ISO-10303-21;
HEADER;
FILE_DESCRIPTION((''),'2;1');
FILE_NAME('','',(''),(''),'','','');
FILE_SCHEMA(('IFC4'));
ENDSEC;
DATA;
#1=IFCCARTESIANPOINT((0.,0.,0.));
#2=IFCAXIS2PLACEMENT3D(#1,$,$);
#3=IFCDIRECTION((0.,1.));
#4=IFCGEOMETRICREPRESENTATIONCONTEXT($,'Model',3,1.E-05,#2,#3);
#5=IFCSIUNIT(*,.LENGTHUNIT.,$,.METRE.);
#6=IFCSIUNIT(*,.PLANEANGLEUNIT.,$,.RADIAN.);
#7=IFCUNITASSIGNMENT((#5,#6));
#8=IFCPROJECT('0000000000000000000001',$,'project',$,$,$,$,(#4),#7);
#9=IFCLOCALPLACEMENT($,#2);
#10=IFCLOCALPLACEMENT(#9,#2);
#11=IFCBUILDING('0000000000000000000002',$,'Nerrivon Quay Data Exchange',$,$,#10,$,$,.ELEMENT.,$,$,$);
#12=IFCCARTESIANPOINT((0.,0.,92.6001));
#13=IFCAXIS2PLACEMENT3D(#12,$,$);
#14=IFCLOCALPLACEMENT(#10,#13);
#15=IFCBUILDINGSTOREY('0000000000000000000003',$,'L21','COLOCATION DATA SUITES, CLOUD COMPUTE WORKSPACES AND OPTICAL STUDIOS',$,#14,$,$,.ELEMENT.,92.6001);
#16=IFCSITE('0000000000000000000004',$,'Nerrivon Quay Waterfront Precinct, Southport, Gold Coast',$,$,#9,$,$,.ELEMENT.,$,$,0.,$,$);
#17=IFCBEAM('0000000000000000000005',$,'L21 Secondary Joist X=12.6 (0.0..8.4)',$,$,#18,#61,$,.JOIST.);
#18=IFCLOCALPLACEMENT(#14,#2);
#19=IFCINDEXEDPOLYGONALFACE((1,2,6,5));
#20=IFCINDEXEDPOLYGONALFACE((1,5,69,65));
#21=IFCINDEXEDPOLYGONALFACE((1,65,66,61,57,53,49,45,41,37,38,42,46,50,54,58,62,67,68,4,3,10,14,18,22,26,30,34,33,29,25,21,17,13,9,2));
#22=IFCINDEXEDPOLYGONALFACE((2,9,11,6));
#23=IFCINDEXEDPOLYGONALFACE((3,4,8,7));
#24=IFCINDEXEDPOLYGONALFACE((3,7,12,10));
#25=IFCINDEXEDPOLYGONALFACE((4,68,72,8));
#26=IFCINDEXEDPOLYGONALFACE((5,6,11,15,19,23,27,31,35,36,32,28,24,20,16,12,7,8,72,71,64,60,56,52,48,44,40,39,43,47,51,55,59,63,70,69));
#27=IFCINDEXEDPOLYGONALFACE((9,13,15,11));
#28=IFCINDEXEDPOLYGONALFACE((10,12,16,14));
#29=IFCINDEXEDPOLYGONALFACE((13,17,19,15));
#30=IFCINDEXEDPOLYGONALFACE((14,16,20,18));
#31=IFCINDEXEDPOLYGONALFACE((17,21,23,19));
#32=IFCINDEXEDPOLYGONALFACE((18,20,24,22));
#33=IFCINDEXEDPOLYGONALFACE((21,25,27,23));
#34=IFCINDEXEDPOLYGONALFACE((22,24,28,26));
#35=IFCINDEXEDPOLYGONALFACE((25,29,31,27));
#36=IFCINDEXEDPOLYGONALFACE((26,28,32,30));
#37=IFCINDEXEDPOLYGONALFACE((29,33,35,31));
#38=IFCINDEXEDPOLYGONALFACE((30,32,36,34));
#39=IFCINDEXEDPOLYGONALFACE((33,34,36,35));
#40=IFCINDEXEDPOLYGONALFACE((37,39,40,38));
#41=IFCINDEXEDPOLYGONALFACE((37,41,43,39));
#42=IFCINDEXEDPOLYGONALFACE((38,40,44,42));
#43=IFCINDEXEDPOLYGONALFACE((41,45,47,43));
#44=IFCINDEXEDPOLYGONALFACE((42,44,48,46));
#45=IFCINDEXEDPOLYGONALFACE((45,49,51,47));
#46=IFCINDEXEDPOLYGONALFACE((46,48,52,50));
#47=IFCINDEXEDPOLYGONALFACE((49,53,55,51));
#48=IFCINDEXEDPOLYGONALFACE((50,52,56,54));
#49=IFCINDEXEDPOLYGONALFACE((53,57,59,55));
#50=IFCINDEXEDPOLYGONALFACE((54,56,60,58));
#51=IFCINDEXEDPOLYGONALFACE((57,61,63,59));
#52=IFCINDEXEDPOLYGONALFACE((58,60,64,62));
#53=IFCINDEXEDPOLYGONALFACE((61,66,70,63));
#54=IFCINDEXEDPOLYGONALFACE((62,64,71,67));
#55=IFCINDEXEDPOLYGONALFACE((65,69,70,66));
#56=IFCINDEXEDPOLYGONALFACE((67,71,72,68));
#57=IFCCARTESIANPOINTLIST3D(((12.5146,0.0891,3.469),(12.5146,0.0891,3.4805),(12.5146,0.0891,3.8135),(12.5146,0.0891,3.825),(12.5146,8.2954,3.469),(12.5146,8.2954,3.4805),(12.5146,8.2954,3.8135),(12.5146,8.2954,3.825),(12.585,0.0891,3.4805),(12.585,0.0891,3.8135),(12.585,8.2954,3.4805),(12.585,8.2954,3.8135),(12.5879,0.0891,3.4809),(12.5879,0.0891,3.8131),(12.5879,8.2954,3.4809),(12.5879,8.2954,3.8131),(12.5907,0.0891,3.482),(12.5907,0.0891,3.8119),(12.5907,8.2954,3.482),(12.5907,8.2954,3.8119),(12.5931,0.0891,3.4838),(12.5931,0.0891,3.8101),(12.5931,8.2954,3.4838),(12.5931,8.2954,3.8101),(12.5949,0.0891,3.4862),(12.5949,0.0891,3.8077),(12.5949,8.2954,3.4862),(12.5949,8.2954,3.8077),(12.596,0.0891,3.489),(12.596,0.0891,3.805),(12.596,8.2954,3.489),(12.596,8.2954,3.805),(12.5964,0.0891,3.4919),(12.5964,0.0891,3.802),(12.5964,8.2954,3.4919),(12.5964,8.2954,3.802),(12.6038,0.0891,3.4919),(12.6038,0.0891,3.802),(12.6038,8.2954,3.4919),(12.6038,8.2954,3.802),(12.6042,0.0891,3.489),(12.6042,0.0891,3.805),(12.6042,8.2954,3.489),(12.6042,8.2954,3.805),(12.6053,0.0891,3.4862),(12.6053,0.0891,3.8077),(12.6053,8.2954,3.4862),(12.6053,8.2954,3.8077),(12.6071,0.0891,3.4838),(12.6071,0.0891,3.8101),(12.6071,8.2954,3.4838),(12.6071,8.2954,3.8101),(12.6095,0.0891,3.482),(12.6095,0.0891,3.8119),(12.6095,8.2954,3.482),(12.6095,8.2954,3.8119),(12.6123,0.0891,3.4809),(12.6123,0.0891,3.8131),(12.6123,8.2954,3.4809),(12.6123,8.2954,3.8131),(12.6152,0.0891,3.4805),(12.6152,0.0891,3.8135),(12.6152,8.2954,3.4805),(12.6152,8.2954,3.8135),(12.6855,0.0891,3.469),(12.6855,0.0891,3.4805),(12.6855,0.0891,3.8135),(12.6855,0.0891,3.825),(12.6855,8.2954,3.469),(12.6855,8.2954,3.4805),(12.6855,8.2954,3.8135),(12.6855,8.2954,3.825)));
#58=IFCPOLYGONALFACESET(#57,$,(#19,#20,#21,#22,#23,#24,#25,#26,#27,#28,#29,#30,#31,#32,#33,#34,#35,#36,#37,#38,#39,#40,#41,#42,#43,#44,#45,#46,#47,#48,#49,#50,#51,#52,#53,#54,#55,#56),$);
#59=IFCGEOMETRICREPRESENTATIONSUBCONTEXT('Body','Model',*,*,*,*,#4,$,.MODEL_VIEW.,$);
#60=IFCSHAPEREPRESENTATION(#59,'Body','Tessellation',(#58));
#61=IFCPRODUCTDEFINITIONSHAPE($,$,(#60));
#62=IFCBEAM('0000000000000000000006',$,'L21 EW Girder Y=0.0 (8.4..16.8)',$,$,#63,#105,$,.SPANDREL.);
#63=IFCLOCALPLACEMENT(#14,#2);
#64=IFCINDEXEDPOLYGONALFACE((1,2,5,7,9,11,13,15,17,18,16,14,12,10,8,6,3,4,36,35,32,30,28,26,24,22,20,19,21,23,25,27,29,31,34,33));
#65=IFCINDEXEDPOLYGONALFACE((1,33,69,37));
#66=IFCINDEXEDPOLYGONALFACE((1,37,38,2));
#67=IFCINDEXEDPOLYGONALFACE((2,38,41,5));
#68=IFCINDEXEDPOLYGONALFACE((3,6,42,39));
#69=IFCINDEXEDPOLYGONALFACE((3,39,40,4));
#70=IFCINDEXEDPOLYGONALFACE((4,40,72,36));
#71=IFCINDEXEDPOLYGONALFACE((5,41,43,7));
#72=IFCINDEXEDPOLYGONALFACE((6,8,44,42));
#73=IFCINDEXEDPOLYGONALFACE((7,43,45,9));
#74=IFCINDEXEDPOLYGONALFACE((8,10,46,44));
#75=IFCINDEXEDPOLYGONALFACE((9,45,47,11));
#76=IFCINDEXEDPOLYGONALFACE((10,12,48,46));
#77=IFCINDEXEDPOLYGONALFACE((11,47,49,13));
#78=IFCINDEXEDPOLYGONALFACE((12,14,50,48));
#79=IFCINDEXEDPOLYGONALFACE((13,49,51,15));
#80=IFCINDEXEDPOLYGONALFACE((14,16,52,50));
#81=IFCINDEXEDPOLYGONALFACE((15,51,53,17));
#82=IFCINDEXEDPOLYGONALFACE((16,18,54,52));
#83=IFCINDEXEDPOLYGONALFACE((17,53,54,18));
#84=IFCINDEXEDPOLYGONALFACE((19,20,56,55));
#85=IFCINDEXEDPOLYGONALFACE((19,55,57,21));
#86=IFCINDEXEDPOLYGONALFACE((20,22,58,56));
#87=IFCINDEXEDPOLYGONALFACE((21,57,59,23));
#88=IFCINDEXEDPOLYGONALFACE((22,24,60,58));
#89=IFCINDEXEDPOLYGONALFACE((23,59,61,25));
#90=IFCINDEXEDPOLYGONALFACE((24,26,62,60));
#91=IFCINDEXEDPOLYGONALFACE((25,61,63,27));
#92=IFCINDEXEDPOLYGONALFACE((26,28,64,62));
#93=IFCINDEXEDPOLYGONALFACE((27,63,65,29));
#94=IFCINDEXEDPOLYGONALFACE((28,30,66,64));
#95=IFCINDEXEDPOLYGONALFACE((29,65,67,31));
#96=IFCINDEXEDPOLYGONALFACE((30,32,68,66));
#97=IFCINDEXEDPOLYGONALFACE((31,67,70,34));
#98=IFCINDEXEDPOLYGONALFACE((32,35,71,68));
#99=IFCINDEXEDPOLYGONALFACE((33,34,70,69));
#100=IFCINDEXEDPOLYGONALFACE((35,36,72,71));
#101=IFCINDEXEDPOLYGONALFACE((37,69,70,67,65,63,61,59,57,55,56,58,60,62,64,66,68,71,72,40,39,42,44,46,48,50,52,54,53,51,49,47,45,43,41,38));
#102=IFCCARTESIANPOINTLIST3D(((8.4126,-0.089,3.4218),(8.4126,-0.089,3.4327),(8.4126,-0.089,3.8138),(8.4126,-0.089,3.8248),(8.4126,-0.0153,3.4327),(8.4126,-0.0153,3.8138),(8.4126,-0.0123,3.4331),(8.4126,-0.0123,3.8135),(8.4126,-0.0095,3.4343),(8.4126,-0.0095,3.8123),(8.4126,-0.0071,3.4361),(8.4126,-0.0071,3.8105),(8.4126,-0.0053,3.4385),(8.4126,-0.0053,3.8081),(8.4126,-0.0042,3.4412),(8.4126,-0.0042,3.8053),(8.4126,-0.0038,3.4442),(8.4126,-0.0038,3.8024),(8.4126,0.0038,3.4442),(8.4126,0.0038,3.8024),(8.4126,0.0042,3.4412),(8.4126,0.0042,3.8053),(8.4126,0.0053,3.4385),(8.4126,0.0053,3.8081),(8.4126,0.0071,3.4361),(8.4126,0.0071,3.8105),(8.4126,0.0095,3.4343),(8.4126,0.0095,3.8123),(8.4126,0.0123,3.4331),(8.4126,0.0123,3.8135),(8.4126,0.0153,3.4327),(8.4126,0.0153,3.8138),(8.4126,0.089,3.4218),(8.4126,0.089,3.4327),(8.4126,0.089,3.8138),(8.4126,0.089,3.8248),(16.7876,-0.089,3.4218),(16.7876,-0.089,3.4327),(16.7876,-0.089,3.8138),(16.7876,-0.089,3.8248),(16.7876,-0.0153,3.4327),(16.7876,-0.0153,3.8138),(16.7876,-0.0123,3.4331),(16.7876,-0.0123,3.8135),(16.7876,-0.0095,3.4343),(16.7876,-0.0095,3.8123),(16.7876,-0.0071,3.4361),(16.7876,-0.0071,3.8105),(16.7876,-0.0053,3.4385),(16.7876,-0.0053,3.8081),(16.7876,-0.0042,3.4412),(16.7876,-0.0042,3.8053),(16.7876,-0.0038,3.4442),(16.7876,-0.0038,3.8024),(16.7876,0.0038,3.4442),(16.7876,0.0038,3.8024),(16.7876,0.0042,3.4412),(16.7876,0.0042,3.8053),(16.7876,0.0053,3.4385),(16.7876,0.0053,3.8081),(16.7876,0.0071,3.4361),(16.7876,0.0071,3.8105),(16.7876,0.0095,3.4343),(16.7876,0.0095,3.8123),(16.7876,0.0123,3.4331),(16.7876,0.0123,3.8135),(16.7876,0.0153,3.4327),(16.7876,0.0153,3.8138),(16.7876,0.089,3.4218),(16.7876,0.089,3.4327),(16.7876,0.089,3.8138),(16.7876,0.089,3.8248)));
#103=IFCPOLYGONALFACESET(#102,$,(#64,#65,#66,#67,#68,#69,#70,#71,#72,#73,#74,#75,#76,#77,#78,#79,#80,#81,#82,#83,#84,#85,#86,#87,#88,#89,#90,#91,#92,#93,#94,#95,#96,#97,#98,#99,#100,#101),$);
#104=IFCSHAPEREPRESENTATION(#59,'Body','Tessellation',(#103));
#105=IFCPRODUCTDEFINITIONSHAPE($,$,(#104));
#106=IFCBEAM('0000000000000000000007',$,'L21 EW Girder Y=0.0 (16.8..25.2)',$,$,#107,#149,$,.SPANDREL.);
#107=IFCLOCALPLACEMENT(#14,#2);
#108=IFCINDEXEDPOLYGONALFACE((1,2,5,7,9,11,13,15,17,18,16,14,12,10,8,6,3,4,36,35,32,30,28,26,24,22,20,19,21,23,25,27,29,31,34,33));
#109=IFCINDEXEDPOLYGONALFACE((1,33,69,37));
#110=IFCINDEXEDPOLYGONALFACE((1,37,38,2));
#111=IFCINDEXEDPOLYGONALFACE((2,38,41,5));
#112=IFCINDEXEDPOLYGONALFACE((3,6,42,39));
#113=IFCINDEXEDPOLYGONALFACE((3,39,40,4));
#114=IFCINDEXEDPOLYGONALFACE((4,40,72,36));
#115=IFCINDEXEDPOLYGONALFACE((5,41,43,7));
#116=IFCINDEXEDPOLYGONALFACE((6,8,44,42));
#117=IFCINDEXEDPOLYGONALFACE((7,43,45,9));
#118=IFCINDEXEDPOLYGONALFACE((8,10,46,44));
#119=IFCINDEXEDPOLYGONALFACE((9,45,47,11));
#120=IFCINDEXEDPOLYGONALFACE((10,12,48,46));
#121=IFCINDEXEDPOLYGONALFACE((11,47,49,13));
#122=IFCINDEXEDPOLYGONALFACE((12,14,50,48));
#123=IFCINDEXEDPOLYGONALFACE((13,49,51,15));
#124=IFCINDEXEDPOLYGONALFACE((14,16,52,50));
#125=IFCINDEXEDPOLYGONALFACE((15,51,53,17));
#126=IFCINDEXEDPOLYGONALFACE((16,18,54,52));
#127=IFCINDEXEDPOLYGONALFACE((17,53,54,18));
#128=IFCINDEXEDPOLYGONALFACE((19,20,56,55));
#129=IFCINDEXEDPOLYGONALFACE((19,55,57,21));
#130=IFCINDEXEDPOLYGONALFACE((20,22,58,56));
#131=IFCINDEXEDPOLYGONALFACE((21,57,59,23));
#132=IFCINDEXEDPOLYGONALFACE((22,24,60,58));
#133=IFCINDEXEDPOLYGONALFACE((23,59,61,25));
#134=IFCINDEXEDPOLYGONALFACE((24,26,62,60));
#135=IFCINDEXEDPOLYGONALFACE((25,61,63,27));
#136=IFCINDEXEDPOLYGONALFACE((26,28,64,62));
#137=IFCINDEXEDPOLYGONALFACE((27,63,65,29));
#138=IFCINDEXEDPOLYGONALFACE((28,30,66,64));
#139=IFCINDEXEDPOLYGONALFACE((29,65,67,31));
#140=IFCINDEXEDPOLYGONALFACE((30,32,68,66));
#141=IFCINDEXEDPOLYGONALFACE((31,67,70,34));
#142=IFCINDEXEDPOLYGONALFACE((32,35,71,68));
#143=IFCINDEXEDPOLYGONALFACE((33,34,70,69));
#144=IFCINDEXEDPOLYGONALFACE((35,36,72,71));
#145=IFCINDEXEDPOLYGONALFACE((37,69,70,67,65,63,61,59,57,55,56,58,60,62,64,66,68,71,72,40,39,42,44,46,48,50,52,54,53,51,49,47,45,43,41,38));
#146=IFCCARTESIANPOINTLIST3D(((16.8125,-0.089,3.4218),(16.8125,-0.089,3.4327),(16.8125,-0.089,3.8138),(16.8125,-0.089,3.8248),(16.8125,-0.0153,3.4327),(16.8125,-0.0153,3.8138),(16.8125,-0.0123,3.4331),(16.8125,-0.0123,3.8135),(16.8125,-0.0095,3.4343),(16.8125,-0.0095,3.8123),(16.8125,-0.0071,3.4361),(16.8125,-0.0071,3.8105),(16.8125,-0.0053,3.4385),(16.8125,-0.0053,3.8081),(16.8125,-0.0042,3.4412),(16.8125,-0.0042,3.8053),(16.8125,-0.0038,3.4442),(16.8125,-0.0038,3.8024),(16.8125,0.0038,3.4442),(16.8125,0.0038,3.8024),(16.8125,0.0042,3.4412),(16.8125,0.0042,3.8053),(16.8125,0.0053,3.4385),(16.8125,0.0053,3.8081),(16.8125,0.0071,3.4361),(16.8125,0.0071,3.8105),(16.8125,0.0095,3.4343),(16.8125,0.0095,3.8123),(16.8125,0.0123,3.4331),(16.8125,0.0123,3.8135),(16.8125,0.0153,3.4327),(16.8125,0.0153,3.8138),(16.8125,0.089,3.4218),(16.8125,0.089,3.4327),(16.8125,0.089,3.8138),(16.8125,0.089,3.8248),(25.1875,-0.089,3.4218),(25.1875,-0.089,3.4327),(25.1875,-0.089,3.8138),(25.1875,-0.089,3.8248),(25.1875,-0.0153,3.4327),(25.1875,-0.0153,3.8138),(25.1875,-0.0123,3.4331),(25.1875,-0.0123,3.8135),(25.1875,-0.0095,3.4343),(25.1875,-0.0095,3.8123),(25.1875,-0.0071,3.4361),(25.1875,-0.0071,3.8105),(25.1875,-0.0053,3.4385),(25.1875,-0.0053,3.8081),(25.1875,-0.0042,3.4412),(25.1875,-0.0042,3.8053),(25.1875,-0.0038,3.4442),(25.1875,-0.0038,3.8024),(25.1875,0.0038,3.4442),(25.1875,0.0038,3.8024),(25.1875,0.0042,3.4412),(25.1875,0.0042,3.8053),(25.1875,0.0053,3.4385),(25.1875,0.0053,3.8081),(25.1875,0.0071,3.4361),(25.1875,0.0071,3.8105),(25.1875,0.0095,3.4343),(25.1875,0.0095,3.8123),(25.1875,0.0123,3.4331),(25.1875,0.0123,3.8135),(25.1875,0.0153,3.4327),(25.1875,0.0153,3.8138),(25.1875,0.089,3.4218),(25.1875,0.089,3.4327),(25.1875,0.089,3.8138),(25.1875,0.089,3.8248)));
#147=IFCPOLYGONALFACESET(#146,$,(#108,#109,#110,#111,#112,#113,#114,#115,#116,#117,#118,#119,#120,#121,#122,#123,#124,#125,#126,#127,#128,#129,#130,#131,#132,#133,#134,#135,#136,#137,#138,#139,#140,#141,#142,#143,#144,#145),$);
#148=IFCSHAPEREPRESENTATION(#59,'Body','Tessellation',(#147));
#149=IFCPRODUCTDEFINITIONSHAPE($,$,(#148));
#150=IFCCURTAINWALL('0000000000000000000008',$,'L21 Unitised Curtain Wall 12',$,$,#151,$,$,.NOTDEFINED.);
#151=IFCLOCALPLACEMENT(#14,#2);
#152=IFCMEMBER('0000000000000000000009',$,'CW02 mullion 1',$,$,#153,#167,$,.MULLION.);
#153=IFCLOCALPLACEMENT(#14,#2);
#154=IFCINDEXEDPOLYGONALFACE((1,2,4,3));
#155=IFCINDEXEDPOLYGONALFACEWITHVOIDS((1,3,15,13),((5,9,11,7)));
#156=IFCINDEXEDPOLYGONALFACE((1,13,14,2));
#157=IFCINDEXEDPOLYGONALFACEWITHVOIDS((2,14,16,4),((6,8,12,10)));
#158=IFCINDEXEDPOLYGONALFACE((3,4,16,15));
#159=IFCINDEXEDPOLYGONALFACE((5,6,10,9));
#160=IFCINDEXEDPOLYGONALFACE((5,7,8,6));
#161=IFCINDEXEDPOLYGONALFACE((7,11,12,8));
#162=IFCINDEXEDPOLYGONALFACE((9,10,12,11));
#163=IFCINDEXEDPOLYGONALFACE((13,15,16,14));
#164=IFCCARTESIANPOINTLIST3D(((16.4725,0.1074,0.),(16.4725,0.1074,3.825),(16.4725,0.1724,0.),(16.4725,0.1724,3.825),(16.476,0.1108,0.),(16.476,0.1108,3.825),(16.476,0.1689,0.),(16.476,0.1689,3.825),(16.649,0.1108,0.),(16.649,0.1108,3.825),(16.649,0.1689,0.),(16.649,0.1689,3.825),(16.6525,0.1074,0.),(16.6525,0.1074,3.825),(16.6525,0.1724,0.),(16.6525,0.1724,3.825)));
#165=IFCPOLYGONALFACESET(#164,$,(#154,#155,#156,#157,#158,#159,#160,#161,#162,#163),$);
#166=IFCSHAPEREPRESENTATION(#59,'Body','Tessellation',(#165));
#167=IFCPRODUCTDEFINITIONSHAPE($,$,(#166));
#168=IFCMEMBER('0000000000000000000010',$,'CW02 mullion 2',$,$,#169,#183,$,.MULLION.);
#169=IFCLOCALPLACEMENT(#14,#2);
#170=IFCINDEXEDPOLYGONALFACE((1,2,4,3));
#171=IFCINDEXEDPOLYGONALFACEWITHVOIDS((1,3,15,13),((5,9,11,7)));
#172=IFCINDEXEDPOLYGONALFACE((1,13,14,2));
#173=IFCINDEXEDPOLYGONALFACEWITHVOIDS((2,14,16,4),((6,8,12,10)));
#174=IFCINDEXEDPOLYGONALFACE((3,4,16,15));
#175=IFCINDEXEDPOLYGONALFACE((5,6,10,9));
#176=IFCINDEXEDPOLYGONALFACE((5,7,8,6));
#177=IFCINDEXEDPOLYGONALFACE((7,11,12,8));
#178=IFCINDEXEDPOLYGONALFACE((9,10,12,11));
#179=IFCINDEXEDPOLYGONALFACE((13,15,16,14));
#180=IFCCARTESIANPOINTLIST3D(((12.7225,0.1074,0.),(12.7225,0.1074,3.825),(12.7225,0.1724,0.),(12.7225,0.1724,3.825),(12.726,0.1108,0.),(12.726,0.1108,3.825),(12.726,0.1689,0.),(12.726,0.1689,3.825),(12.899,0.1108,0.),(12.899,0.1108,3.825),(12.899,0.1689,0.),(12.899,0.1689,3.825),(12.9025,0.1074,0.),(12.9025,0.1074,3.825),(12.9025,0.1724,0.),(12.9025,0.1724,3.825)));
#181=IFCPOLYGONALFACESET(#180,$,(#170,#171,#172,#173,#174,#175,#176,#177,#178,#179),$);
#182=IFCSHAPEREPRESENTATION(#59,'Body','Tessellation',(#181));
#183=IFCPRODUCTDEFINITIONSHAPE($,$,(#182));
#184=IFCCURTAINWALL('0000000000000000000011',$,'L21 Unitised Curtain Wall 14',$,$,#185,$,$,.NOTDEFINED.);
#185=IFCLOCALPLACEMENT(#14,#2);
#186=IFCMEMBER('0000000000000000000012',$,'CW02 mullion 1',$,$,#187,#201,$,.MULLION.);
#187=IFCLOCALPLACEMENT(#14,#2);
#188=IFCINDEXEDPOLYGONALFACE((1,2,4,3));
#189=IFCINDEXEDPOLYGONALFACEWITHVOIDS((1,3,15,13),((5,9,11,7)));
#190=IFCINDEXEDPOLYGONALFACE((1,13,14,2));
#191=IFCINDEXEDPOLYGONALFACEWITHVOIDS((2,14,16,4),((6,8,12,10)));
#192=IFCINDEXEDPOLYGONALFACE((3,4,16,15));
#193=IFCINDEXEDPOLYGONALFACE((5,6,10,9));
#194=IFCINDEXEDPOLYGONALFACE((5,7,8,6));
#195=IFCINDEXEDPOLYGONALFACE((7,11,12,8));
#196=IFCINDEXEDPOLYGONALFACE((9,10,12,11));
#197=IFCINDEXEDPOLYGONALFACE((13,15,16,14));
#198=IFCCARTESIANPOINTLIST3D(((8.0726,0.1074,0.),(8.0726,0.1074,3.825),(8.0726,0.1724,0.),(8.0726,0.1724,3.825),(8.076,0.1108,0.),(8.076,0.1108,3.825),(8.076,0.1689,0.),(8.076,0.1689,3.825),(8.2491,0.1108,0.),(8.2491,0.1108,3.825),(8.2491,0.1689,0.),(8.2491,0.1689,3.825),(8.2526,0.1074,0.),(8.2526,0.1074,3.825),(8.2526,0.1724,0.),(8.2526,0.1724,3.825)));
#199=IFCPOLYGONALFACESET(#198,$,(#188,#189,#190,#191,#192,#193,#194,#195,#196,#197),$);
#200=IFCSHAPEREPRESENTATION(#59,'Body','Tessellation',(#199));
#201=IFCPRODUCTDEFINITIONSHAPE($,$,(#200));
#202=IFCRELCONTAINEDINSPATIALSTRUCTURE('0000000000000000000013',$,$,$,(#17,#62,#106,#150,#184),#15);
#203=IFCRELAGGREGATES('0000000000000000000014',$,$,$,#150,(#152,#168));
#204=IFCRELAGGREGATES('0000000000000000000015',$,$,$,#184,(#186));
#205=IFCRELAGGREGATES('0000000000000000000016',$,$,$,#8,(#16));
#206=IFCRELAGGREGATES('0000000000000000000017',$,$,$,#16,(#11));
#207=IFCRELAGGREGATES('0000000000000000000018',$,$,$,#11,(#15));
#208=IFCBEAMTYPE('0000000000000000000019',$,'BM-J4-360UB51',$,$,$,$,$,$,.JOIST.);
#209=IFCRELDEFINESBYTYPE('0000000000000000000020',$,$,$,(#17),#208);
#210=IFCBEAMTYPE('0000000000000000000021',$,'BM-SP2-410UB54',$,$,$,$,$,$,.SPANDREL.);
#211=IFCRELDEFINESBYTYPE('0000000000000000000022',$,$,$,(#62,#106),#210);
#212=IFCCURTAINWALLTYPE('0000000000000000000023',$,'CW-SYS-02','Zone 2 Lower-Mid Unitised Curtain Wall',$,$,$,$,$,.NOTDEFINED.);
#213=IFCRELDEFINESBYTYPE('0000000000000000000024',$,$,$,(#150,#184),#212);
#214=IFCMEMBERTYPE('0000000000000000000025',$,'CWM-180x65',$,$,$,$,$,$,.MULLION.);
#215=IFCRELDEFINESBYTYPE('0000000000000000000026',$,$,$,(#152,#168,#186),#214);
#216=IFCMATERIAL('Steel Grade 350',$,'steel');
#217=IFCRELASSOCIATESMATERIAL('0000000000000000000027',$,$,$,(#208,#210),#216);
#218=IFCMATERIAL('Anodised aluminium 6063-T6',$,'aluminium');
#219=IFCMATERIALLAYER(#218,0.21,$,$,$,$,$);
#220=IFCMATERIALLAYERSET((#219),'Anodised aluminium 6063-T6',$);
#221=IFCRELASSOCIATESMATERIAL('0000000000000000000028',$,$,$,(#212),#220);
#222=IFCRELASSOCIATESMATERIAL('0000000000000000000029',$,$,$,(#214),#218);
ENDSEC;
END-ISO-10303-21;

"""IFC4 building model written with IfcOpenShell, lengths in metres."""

from ifc_helpers import new_model, si_unit, direction, frame, origin, origin_2d, place, context, subcontext, project, spatial, hollow_rectangle, i_section, extrude, material, layer, layer_set, material_profile, profile_set, type_object, element, aggregate, save


model = new_model("IFC4")

# Units and contexts
model_context = context("Model", 3, precision=1e-05, world=origin(), true_north=direction((0.0, 1.0)))
body_context = subcontext(model_context, "Body", "Model", "MODEL_VIEW")
ifc_project = project(units=[si_unit("LENGTHUNIT", "METRE"), si_unit("PLANEANGLEUNIT", "RADIAN")], contexts=[model_context])

# Site, building, storey
site_placement = place(None, origin())
site = spatial("IfcSite", under=ifc_project, at=site_placement, Name="Nerrivon Quay Waterfront Precinct, Southport, Gold Coast", CompositionType="ELEMENT", RefElevation=0.0)
building_placement = place(site_placement, origin())
building = spatial("IfcBuilding", under=site, at=building_placement, Name="Nerrivon Quay Data Exchange", CompositionType="ELEMENT")
storey_placement = place(building_placement, frame((0.0, 0.0, 92.6001)))
storey = spatial("IfcBuildingStorey", under=building, at=storey_placement, Name="L21", Description="COLOCATION DATA SUITES, CLOUD COMPUTE WORKSPACES AND OPTICAL STUDIOS", CompositionType="ELEMENT", Elevation=92.6001)

# Shared definitions
ifc_material_1 = material(Name="Steel Grade 350", Category="steel")

# Beams
ifc_material_profile_1 = material_profile(ifc_material_1, i_section(OverallWidth=0.1709, OverallDepth=0.356, WebThickness=0.0073, FlangeThickness=0.0115, FilletRadius=0.0115, at=origin_2d()), Name="360UB50.7")
ifc_profile_set_1 = profile_set([ifc_material_profile_1], Name="Steel Grade 350")
beam_type_1 = type_object("IfcBeamType", Name="BM-J4-360UB51", PredefinedType="JOIST", material=ifc_profile_set_1)
beam_1_placement = place(storey_placement, frame((12.6001, 0.0891, 3.647), z_axis=(0.0, 1.0, 0.0), x_axis=(-1.0, 0.0, 0.0)))
element("IfcBeam", 1, at=beam_1_placement, inside=storey, type_object=beam_type_1, Name="L21 Secondary Joist X=12.6 (0.0..8.4)", PredefinedType="JOIST", context=body_context, shape_type="SweptSolid", body=[
    extrude(i_section(OverallWidth=0.1709, OverallDepth=0.356, WebThickness=0.0073, FlangeThickness=0.0115, FilletRadius=0.0115, at=origin_2d()), origin(), (0.0, 0.0, 1.0), 8.2063),
])
ifc_material_profile_2 = material_profile(ifc_material_1, i_section(OverallWidth=0.178, OverallDepth=0.4031, WebThickness=0.0076, FlangeThickness=0.011, FilletRadius=0.0115, at=origin_2d()), Name="410UB53.7")
ifc_profile_set_2 = profile_set([ifc_material_profile_2], Name="Steel Grade 350")
beam_type_2 = type_object("IfcBeamType", Name="BM-SP2-410UB54", PredefinedType="SPANDREL", material=ifc_profile_set_2)
for number, where, z_axis, x_axis, name in (
    (2, (8.4126, 0.0, 3.6233), (1.0, 0.0, 0.0), (0.0, 1.0, 0.0), "L21 EW Girder Y=0.0 (8.4..16.8)"),
    (3, (16.8125, 0.0, 3.6233), (1.0, 0.0, 0.0), (0.0, 1.0, 0.0), "L21 EW Girder Y=0.0 (16.8..25.2)"),
):
    element("IfcBeam", number, at=place(storey_placement, frame(where, z_axis=z_axis, x_axis=x_axis)), inside=storey, type_object=beam_type_2, Name=name, PredefinedType="SPANDREL", context=body_context, shape_type="SweptSolid", body=[
        extrude(i_section(OverallWidth=0.178, OverallDepth=0.4031, WebThickness=0.0076, FlangeThickness=0.011, FilletRadius=0.0115, at=origin_2d()), origin(), (0.0, 0.0, 1.0), 8.375),
    ])

# Curtain walls, members
ifc_material_2 = material(Name="Anodised aluminium 6063-T6", Category="aluminium")
ifc_layer_1 = layer(ifc_material_2, 0.21)
ifc_layer_set_1 = layer_set([ifc_layer_1], Name="Anodised aluminium 6063-T6")
curtain_wall_type = type_object("IfcCurtainWallType", Name="CW-SYS-02", Description="Zone 2 Lower-Mid Unitised Curtain Wall", PredefinedType="NOTDEFINED", material=ifc_layer_set_1)
curtain_wall_1_placement = place(storey_placement, origin())
curtain_wall_1 = element("IfcCurtainWall", 4, at=curtain_wall_1_placement, inside=storey, type_object=curtain_wall_type, Name="L21 Unitised Curtain Wall 12", PredefinedType="NOTDEFINED")
ifc_material_profile_3 = material_profile(ifc_material_2, hollow_rectangle(XDim=0.0649, YDim=0.1799, WallThickness=0.0034, at=origin_2d()), Name="ALU-MULL-180x65")
ifc_profile_set_3 = profile_set([ifc_material_profile_3], Name="Anodised aluminium 6063-T6")
member_type_1 = type_object("IfcMemberType", Name="CWM-180x65", PredefinedType="MULLION", material=ifc_profile_set_3)
member_1_placement = place(storey_placement, frame((16.5625, 0.1399, 0.0), z_axis=(0.0, 0.0, 1.0), x_axis=(0.0, -1.0, 0.0)))
member_1 = element("IfcMember", 5, at=member_1_placement, type_object=member_type_1, Name="CW02 mullion 1", PredefinedType="MULLION", context=body_context, shape_type="SweptSolid", body=[
    extrude(hollow_rectangle(XDim=0.0649, YDim=0.1799, WallThickness=0.0034, at=origin_2d()), origin(), (0.0, 0.0, 1.0), 3.825),
])
member_2_placement = place(storey_placement, frame((12.8125, 0.1399, 0.0), z_axis=(0.0, 0.0, 1.0), x_axis=(0.0, -1.0, 0.0)))
member_2 = element("IfcMember", 6, at=member_2_placement, type_object=member_type_1, Name="CW02 mullion 2", PredefinedType="MULLION", context=body_context, shape_type="SweptSolid", body=[
    extrude(hollow_rectangle(XDim=0.0649, YDim=0.1799, WallThickness=0.0034, at=origin_2d()), origin(), (0.0, 0.0, 1.0), 3.825),
])
curtain_wall_2_placement = place(storey_placement, origin())
curtain_wall_2 = element("IfcCurtainWall", 7, at=curtain_wall_2_placement, inside=storey, type_object=curtain_wall_type, Name="L21 Unitised Curtain Wall 14", PredefinedType="NOTDEFINED")
member_3_placement = place(storey_placement, frame((8.1626, 0.1399, 0.0), z_axis=(0.0, 0.0, 1.0), x_axis=(0.0, -1.0, 0.0)))
member_3 = element("IfcMember", 8, at=member_3_placement, type_object=member_type_1, Name="CW02 mullion 1", PredefinedType="MULLION", context=body_context, shape_type="SweptSolid", body=[
    extrude(hollow_rectangle(XDim=0.0649, YDim=0.1799, WallThickness=0.0034, at=origin_2d()), origin(), (0.0, 0.0, 1.0), 3.825),
])

aggregate(curtain_wall_1, [member_1, member_2])
aggregate(curtain_wall_2, [member_3])

save(model, "model.ifc")
